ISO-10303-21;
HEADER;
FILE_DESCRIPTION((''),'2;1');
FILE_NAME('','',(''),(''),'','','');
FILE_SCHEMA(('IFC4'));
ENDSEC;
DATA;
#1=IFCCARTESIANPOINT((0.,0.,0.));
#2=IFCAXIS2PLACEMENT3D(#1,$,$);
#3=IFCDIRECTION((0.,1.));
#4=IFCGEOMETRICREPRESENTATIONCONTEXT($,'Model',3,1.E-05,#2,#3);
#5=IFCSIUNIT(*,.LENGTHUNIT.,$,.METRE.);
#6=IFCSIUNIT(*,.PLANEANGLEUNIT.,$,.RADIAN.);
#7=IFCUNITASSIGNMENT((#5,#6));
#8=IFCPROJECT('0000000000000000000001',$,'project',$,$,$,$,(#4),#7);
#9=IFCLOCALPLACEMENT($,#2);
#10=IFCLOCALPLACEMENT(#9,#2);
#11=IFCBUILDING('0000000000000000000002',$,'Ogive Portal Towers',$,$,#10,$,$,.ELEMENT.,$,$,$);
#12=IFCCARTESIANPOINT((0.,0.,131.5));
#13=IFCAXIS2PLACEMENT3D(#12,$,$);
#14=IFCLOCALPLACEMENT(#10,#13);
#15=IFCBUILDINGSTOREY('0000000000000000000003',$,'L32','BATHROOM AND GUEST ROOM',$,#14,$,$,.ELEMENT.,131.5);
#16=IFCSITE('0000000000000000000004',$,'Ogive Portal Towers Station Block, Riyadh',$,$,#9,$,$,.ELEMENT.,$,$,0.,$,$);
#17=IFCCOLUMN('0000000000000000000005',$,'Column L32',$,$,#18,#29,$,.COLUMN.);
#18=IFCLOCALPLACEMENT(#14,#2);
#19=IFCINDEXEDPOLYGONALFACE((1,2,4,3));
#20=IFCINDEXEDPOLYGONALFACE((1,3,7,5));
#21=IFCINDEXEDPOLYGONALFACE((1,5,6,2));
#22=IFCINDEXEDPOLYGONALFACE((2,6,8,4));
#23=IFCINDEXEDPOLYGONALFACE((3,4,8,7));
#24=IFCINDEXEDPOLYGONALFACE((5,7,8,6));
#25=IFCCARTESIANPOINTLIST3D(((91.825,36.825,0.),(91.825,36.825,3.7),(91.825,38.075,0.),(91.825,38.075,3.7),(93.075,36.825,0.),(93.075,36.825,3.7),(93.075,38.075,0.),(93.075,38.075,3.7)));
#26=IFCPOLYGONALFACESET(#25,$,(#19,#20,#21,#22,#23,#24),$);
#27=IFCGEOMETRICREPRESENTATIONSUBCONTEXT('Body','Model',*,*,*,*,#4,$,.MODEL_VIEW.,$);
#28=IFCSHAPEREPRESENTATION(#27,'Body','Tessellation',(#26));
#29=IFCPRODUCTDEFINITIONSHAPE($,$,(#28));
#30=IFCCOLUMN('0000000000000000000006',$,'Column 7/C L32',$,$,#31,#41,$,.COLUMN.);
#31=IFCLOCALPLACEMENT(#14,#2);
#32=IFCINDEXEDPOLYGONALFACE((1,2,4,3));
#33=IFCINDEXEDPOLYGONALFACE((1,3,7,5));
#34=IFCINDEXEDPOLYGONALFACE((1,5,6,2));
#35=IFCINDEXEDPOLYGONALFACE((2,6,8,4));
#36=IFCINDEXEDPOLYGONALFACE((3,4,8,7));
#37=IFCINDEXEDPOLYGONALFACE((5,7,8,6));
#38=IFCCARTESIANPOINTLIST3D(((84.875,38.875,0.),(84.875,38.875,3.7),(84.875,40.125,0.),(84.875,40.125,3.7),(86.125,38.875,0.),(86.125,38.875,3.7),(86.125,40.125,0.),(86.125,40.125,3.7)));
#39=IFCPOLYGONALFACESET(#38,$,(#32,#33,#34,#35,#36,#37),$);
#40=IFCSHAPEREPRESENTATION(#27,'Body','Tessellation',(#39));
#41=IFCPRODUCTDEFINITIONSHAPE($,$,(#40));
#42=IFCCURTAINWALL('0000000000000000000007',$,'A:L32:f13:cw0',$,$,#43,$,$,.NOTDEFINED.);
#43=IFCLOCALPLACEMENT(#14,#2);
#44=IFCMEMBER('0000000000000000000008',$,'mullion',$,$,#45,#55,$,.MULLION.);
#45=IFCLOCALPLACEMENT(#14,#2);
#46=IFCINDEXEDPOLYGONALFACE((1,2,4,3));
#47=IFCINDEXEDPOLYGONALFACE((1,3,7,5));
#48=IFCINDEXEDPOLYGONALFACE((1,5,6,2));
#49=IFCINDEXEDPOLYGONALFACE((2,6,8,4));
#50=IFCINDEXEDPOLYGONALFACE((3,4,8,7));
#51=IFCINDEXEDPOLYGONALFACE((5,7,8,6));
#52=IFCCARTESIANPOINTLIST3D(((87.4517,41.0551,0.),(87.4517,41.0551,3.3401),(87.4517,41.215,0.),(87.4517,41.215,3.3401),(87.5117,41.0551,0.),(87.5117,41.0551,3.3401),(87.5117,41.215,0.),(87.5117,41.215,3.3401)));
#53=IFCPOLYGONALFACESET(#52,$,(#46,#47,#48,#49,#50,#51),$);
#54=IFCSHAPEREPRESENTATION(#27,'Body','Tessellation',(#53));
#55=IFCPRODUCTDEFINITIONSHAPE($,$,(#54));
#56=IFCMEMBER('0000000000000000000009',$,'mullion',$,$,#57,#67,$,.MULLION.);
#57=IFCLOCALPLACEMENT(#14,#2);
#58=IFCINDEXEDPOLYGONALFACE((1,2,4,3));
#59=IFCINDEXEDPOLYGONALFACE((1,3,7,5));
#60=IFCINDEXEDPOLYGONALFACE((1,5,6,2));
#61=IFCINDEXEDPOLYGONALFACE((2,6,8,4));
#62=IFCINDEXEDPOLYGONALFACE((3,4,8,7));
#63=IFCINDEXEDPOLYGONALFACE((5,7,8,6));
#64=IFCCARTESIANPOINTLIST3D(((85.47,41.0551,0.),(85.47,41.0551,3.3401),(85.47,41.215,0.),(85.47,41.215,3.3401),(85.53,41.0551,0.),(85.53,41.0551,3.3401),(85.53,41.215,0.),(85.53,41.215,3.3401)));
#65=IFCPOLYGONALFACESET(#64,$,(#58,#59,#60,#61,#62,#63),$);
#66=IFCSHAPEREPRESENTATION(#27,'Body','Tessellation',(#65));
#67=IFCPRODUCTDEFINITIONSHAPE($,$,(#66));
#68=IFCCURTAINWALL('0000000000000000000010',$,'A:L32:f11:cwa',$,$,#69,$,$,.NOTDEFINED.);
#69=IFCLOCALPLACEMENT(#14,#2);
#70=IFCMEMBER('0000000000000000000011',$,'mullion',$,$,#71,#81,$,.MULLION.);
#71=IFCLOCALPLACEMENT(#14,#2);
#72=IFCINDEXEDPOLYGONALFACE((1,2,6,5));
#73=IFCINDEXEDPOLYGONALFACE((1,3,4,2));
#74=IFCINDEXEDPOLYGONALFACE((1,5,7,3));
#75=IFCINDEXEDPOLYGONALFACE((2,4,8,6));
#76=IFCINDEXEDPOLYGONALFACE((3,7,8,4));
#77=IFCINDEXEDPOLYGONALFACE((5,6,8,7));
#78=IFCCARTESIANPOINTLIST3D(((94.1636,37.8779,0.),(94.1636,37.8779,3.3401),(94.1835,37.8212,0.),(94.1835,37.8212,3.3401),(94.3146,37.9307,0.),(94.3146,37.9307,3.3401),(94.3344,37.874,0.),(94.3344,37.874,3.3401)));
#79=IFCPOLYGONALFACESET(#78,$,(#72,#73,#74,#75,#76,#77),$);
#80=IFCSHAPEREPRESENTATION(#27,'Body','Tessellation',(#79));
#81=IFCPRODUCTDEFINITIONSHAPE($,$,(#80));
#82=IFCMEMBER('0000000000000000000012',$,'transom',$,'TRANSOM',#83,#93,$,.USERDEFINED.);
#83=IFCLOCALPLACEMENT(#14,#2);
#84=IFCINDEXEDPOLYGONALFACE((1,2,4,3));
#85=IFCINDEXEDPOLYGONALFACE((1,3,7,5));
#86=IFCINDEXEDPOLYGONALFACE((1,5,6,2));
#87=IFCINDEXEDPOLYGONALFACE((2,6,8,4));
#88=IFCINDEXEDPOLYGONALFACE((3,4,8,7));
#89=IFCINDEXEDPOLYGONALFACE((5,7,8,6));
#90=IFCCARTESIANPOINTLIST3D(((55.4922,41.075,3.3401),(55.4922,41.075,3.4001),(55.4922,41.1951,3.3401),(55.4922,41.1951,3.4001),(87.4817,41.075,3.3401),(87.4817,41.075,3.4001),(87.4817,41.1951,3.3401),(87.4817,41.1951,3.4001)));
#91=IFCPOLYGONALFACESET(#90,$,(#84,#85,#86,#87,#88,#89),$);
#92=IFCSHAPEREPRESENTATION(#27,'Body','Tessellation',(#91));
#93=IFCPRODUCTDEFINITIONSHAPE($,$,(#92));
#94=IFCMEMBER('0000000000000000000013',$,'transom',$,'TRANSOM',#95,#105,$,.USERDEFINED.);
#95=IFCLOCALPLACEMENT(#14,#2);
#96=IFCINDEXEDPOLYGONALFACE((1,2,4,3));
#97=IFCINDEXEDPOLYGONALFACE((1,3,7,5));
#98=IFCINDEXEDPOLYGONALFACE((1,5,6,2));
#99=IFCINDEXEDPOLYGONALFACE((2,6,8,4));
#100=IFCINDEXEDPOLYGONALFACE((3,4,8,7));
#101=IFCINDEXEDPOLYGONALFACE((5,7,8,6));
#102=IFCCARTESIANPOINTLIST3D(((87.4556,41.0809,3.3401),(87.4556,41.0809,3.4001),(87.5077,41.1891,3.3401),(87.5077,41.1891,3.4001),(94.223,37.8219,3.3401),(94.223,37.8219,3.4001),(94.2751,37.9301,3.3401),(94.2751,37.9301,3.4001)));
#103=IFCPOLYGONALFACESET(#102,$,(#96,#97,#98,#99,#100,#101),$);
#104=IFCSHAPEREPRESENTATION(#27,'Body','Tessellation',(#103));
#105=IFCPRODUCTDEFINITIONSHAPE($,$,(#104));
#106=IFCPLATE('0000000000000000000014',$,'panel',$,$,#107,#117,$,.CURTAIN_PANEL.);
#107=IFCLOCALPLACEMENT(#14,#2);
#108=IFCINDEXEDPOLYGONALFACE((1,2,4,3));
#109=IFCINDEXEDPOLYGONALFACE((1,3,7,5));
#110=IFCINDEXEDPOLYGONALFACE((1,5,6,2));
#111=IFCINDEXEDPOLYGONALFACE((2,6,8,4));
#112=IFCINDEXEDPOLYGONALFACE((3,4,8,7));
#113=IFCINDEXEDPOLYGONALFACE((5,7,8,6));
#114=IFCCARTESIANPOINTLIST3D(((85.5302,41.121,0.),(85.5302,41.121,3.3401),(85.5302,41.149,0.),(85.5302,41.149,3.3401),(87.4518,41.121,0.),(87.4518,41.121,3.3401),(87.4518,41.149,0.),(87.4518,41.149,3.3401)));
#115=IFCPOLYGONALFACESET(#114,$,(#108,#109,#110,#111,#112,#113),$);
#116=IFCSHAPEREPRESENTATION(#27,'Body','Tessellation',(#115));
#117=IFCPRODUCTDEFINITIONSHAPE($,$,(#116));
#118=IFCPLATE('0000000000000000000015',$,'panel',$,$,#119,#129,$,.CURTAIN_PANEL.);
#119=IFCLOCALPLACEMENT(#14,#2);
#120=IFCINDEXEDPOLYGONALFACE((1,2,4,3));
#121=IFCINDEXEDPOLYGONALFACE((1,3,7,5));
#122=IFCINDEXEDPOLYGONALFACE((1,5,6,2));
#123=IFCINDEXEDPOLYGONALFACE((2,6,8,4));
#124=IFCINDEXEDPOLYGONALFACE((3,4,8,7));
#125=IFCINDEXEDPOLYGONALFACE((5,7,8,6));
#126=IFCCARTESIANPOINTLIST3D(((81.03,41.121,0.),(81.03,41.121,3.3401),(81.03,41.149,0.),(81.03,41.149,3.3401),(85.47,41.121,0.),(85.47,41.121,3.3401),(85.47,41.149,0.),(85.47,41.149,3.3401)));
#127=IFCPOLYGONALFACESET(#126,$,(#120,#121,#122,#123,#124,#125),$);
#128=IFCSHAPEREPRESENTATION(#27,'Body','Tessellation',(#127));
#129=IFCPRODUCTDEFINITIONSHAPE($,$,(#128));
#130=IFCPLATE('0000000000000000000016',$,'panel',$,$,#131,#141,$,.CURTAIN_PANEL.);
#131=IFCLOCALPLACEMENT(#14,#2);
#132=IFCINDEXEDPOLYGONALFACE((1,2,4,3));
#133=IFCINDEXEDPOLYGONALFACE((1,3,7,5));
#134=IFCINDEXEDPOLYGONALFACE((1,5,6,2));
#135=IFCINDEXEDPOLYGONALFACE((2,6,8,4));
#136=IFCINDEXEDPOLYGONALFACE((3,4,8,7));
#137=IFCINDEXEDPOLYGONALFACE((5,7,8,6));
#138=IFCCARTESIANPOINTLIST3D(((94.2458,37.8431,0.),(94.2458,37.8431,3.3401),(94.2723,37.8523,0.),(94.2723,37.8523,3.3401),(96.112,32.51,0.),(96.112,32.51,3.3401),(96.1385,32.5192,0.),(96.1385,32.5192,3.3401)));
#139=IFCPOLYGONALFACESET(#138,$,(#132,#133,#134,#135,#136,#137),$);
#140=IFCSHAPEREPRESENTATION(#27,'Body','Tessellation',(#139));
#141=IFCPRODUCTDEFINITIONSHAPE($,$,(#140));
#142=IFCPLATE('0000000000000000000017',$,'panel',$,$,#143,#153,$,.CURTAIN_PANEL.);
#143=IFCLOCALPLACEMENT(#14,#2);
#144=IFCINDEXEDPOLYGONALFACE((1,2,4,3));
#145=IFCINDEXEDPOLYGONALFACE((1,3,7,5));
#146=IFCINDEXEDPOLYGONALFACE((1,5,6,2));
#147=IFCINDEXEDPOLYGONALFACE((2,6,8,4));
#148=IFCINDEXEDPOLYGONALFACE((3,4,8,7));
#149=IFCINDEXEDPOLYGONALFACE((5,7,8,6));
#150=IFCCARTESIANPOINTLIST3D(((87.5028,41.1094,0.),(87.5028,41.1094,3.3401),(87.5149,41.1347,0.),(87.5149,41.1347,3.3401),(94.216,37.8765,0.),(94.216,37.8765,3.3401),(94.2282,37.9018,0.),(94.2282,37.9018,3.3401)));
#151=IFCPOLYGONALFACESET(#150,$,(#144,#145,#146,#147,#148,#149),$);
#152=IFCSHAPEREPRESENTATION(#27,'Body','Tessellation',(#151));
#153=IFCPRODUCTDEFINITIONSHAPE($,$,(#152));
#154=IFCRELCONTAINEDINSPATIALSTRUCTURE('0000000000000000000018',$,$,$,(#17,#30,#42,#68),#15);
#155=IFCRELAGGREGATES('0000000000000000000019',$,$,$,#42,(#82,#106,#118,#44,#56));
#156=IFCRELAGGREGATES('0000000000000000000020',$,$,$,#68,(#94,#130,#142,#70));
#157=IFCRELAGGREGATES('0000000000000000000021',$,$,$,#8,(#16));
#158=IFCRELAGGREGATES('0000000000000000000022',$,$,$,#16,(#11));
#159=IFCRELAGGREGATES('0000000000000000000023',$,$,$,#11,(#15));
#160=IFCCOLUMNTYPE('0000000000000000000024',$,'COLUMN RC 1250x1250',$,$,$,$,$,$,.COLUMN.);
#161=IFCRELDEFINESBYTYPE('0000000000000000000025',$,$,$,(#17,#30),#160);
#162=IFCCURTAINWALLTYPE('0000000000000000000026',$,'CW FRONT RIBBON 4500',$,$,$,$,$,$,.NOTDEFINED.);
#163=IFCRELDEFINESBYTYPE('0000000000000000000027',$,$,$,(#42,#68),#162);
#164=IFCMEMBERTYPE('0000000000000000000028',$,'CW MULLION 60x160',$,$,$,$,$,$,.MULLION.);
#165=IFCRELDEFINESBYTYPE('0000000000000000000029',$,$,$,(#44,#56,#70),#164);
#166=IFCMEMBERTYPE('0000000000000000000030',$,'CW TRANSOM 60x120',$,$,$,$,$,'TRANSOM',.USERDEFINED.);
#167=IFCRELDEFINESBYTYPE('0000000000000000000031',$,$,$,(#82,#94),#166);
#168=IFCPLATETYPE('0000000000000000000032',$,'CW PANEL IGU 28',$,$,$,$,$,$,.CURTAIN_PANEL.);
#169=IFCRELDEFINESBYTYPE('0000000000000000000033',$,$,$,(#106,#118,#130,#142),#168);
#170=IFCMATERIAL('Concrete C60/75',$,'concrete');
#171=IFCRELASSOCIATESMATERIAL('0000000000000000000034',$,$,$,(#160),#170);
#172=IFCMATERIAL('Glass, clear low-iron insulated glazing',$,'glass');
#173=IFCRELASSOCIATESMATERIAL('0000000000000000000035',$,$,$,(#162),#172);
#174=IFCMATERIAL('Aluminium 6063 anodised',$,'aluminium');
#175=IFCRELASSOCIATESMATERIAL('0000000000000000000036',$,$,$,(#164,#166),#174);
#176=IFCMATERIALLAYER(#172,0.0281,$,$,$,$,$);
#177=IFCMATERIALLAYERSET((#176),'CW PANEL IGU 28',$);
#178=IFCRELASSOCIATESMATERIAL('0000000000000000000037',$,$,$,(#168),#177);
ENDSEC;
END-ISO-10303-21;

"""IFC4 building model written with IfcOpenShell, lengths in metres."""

from ifc_helpers import new_model, si_unit, direction, frame, origin, origin_2d, place, context, subcontext, project, spatial, rectangle, extrude, material, layer, layer_set, material_profile, profile_set, type_object, element, aggregate, save


model = new_model("IFC4")

# Units and contexts
model_context = context("Model", 3, precision=1e-05, world=origin(), true_north=direction((0.0, 1.0)))
body_context = subcontext(model_context, "Body", "Model", "MODEL_VIEW")
ifc_project = project(units=[si_unit("LENGTHUNIT", "METRE"), si_unit("PLANEANGLEUNIT", "RADIAN")], contexts=[model_context])

# Site, building, storey
site_placement = place(None, origin())
site = spatial("IfcSite", under=ifc_project, at=site_placement, Name="Ogive Portal Towers Station Block, Riyadh", CompositionType="ELEMENT", RefElevation=0.0)
building_placement = place(site_placement, origin())
building = spatial("IfcBuilding", under=site, at=building_placement, Name="Ogive Portal Towers", CompositionType="ELEMENT")
storey_placement = place(building_placement, frame((0.0, 0.0, 131.5)))
storey = spatial("IfcBuildingStorey", under=building, at=storey_placement, Name="L32", Description="BATHROOM AND GUEST ROOM", CompositionType="ELEMENT", Elevation=131.5)

# Columns
ifc_material_1 = material(Name="Concrete C60/75", Category="concrete")
ifc_material_profile_1 = material_profile(ifc_material_1, rectangle(XDim=1.25, YDim=1.25, at=origin_2d()), Name="RC 1250x1250")
ifc_profile_set_1 = profile_set([ifc_material_profile_1], Name="Concrete C60/75")
column_type = type_object("IfcColumnType", Name="COLUMN RC 1250x1250", PredefinedType="COLUMN", material=ifc_profile_set_1)
for number, where, z_axis, x_axis, name in (
    (1, (92.45, 37.45, 0.0), (0.0, 0.0, 1.0), (1.0, 0.0, 0.0), "Column L32"),
    (2, (85.5, 39.5, 0.0), (0.0, 0.0, 1.0), (1.0, 0.0, 0.0), "Column 7/C L32"),
):
    element("IfcColumn", number, at=place(storey_placement, frame(where, z_axis=z_axis, x_axis=x_axis)), inside=storey, type_object=column_type, Name=name, PredefinedType="COLUMN", context=body_context, shape_type="SweptSolid", body=[
        extrude(rectangle(XDim=1.25, YDim=1.25, at=origin_2d()), origin(), (0.0, 0.0, 1.0), 3.7),
    ])

# Curtain wall, members
ifc_material_2 = material(Name="Glass, clear low-iron insulated glazing", Category="glass")
curtain_wall_type = type_object("IfcCurtainWallType", Name="CW FRONT RIBBON 4500", PredefinedType="NOTDEFINED", material=ifc_material_2)
curtain_wall_1_placement = place(storey_placement, origin())
curtain_wall_1 = element("IfcCurtainWall", 3, at=curtain_wall_1_placement, inside=storey, type_object=curtain_wall_type, Name="A:L32:f13:cw0", PredefinedType="NOTDEFINED")
ifc_material_3 = material(Name="Aluminium 6063 anodised", Category="aluminium")
ifc_material_profile_2 = material_profile(ifc_material_3, rectangle(XDim=0.1599, YDim=0.0601, at=origin_2d()), Name="AL 60x160")
ifc_profile_set_2 = profile_set([ifc_material_profile_2], Name="Aluminium 6063 anodised")
member_type_1 = type_object("IfcMemberType", Name="CW MULLION 60x160", PredefinedType="MULLION", material=ifc_profile_set_2)
member_1_placement = place(storey_placement, frame((87.4817, 41.135, 0.0), z_axis=(0.0, 0.0, 1.0), x_axis=(0.0, -1.0, 0.0)))
member_1 = element("IfcMember", 4, at=member_1_placement, type_object=member_type_1, Name="mullion", PredefinedType="MULLION", context=body_context, shape_type="SweptSolid", body=[
    extrude(rectangle(XDim=0.1599, YDim=0.0601, at=origin_2d()), origin(), (0.0, 0.0, 1.0), 3.3401),
])
member_2_placement = place(storey_placement, frame((85.5, 41.135, 0.0), z_axis=(0.0, 0.0, 1.0), x_axis=(0.0, -1.0, 0.0)))
member_2 = element("IfcMember", 5, at=member_2_placement, type_object=member_type_1, Name="mullion", PredefinedType="MULLION", context=body_context, shape_type="SweptSolid", body=[
    extrude(rectangle(XDim=0.1599, YDim=0.0601, at=origin_2d()), origin(), (0.0, 0.0, 1.0), 3.3401),
])

# Curtain wall, member
curtain_wall_2_placement = place(storey_placement, origin())
curtain_wall_2 = element("IfcCurtainWall", 6, at=curtain_wall_2_placement, inside=storey, type_object=curtain_wall_type, Name="A:L32:f11:cwa", PredefinedType="NOTDEFINED")
member_3_placement = place(storey_placement, frame((94.249, 37.876, 0.0), z_axis=(0.0, 0.0, 1.0), x_axis=(-0.943883, -0.330279, 0.0)))
member_3 = element("IfcMember", 7, at=member_3_placement, type_object=member_type_1, Name="mullion", PredefinedType="MULLION", context=body_context, shape_type="SweptSolid", body=[
    extrude(rectangle(XDim=0.1599, YDim=0.0601, at=origin_2d()), origin(), (0.0, 0.0, 1.0), 3.3401),
])

# Members
ifc_material_profile_3 = material_profile(ifc_material_3, rectangle(XDim=0.1201, YDim=0.0601, at=origin_2d()), Name="AL 120x60")
ifc_profile_set_3 = profile_set([ifc_material_profile_3], Name="Aluminium 6063 anodised")
member_type_2 = type_object("IfcMemberType", Name="CW TRANSOM 60x120", ElementType="TRANSOM", PredefinedType="USERDEFINED", material=ifc_profile_set_3)
member_4_placement = place(storey_placement, frame((87.4817, 41.135, 3.3701), z_axis=(-1.0, 0.0, 0.0), x_axis=(0.0, -1.0, 0.0)))
member_4 = element("IfcMember", 8, at=member_4_placement, type_object=member_type_2, Name="transom", ObjectType="TRANSOM", PredefinedType="USERDEFINED", context=body_context, shape_type="SweptSolid", body=[
    extrude(rectangle(XDim=0.1201, YDim=0.0601, at=origin_2d()), origin(), (0.0, 0.0, 1.0), 31.9895),
])
member_5_placement = place(storey_placement, frame((94.249, 37.876, 3.3701), z_axis=(-0.900966, 0.43389, 0.0), x_axis=(-0.43389, -0.900966, 0.0)))
member_5 = element("IfcMember", 9, at=member_5_placement, type_object=member_type_2, Name="transom", ObjectType="TRANSOM", PredefinedType="USERDEFINED", context=body_context, shape_type="SweptSolid", body=[
    extrude(rectangle(XDim=0.1201, YDim=0.0601, at=origin_2d()), origin(), (0.0, 0.0, 1.0), 7.5112),
])

# Plates
ifc_layer_1 = layer(ifc_material_2, 0.0281)
ifc_layer_set_1 = layer_set([ifc_layer_1], Name="CW PANEL IGU 28")
plate_type = type_object("IfcPlateType", Name="CW PANEL IGU 28", PredefinedType="CURTAIN_PANEL", material=ifc_layer_set_1)
plate_1_placement = place(storey_placement, frame((86.491, 41.135, 0.0), z_axis=(0.0, 0.0, 1.0), x_axis=(-1.0, 0.0, 0.0)))
plate_1 = element("IfcPlate", 10, at=plate_1_placement, type_object=plate_type, Name="panel", PredefinedType="CURTAIN_PANEL", context=body_context, shape_type="SweptSolid", body=[
    extrude(rectangle(XDim=1.9216, YDim=0.0281, at=origin_2d()), origin(), (0.0, 0.0, 1.0), 3.3401),
])
plate_2_placement = place(storey_placement, frame((83.25, 41.135, 0.0), z_axis=(0.0, 0.0, 1.0), x_axis=(-1.0, 0.0, 0.0)))
plate_2 = element("IfcPlate", 11, at=plate_2_placement, type_object=plate_type, Name="panel", PredefinedType="CURTAIN_PANEL", context=body_context, shape_type="SweptSolid", body=[
    extrude(rectangle(XDim=4.4399, YDim=0.0281, at=origin_2d()), origin(), (0.0, 0.0, 1.0), 3.3401),
])
aggregate(curtain_wall_1, [member_4, plate_1, plate_2, member_1, member_2])
plate_3_placement = place(storey_placement, frame((95.1921, 35.1812, 0.0), z_axis=(0.0, 0.0, 1.0), x_axis=(-0.330279, 0.943883, 0.0)))
plate_3 = element("IfcPlate", 12, at=plate_3_placement, type_object=plate_type, Name="panel", PredefinedType="CURTAIN_PANEL", context=body_context, shape_type="SweptSolid", body=[
    extrude(rectangle(XDim=5.6501, YDim=0.0281, at=origin_2d()), origin(), (0.0, 0.0, 1.0), 3.3401),
])
plate_4_placement = place(storey_placement, frame((90.8655, 39.5056, 0.0), z_axis=(0.0, 0.0, 1.0), x_axis=(-0.900969, 0.433884, 0.0)))
plate_4 = element("IfcPlate", 13, at=plate_4_placement, type_object=plate_type, Name="panel", PredefinedType="CURTAIN_PANEL", context=body_context, shape_type="SweptSolid", body=[
    extrude(rectangle(XDim=7.4512, YDim=0.0281, at=origin_2d()), origin(), (0.0, 0.0, 1.0), 3.3401),
])
aggregate(curtain_wall_2, [member_5, plate_3, plate_4, member_3])

save(model, "model.ifc")
